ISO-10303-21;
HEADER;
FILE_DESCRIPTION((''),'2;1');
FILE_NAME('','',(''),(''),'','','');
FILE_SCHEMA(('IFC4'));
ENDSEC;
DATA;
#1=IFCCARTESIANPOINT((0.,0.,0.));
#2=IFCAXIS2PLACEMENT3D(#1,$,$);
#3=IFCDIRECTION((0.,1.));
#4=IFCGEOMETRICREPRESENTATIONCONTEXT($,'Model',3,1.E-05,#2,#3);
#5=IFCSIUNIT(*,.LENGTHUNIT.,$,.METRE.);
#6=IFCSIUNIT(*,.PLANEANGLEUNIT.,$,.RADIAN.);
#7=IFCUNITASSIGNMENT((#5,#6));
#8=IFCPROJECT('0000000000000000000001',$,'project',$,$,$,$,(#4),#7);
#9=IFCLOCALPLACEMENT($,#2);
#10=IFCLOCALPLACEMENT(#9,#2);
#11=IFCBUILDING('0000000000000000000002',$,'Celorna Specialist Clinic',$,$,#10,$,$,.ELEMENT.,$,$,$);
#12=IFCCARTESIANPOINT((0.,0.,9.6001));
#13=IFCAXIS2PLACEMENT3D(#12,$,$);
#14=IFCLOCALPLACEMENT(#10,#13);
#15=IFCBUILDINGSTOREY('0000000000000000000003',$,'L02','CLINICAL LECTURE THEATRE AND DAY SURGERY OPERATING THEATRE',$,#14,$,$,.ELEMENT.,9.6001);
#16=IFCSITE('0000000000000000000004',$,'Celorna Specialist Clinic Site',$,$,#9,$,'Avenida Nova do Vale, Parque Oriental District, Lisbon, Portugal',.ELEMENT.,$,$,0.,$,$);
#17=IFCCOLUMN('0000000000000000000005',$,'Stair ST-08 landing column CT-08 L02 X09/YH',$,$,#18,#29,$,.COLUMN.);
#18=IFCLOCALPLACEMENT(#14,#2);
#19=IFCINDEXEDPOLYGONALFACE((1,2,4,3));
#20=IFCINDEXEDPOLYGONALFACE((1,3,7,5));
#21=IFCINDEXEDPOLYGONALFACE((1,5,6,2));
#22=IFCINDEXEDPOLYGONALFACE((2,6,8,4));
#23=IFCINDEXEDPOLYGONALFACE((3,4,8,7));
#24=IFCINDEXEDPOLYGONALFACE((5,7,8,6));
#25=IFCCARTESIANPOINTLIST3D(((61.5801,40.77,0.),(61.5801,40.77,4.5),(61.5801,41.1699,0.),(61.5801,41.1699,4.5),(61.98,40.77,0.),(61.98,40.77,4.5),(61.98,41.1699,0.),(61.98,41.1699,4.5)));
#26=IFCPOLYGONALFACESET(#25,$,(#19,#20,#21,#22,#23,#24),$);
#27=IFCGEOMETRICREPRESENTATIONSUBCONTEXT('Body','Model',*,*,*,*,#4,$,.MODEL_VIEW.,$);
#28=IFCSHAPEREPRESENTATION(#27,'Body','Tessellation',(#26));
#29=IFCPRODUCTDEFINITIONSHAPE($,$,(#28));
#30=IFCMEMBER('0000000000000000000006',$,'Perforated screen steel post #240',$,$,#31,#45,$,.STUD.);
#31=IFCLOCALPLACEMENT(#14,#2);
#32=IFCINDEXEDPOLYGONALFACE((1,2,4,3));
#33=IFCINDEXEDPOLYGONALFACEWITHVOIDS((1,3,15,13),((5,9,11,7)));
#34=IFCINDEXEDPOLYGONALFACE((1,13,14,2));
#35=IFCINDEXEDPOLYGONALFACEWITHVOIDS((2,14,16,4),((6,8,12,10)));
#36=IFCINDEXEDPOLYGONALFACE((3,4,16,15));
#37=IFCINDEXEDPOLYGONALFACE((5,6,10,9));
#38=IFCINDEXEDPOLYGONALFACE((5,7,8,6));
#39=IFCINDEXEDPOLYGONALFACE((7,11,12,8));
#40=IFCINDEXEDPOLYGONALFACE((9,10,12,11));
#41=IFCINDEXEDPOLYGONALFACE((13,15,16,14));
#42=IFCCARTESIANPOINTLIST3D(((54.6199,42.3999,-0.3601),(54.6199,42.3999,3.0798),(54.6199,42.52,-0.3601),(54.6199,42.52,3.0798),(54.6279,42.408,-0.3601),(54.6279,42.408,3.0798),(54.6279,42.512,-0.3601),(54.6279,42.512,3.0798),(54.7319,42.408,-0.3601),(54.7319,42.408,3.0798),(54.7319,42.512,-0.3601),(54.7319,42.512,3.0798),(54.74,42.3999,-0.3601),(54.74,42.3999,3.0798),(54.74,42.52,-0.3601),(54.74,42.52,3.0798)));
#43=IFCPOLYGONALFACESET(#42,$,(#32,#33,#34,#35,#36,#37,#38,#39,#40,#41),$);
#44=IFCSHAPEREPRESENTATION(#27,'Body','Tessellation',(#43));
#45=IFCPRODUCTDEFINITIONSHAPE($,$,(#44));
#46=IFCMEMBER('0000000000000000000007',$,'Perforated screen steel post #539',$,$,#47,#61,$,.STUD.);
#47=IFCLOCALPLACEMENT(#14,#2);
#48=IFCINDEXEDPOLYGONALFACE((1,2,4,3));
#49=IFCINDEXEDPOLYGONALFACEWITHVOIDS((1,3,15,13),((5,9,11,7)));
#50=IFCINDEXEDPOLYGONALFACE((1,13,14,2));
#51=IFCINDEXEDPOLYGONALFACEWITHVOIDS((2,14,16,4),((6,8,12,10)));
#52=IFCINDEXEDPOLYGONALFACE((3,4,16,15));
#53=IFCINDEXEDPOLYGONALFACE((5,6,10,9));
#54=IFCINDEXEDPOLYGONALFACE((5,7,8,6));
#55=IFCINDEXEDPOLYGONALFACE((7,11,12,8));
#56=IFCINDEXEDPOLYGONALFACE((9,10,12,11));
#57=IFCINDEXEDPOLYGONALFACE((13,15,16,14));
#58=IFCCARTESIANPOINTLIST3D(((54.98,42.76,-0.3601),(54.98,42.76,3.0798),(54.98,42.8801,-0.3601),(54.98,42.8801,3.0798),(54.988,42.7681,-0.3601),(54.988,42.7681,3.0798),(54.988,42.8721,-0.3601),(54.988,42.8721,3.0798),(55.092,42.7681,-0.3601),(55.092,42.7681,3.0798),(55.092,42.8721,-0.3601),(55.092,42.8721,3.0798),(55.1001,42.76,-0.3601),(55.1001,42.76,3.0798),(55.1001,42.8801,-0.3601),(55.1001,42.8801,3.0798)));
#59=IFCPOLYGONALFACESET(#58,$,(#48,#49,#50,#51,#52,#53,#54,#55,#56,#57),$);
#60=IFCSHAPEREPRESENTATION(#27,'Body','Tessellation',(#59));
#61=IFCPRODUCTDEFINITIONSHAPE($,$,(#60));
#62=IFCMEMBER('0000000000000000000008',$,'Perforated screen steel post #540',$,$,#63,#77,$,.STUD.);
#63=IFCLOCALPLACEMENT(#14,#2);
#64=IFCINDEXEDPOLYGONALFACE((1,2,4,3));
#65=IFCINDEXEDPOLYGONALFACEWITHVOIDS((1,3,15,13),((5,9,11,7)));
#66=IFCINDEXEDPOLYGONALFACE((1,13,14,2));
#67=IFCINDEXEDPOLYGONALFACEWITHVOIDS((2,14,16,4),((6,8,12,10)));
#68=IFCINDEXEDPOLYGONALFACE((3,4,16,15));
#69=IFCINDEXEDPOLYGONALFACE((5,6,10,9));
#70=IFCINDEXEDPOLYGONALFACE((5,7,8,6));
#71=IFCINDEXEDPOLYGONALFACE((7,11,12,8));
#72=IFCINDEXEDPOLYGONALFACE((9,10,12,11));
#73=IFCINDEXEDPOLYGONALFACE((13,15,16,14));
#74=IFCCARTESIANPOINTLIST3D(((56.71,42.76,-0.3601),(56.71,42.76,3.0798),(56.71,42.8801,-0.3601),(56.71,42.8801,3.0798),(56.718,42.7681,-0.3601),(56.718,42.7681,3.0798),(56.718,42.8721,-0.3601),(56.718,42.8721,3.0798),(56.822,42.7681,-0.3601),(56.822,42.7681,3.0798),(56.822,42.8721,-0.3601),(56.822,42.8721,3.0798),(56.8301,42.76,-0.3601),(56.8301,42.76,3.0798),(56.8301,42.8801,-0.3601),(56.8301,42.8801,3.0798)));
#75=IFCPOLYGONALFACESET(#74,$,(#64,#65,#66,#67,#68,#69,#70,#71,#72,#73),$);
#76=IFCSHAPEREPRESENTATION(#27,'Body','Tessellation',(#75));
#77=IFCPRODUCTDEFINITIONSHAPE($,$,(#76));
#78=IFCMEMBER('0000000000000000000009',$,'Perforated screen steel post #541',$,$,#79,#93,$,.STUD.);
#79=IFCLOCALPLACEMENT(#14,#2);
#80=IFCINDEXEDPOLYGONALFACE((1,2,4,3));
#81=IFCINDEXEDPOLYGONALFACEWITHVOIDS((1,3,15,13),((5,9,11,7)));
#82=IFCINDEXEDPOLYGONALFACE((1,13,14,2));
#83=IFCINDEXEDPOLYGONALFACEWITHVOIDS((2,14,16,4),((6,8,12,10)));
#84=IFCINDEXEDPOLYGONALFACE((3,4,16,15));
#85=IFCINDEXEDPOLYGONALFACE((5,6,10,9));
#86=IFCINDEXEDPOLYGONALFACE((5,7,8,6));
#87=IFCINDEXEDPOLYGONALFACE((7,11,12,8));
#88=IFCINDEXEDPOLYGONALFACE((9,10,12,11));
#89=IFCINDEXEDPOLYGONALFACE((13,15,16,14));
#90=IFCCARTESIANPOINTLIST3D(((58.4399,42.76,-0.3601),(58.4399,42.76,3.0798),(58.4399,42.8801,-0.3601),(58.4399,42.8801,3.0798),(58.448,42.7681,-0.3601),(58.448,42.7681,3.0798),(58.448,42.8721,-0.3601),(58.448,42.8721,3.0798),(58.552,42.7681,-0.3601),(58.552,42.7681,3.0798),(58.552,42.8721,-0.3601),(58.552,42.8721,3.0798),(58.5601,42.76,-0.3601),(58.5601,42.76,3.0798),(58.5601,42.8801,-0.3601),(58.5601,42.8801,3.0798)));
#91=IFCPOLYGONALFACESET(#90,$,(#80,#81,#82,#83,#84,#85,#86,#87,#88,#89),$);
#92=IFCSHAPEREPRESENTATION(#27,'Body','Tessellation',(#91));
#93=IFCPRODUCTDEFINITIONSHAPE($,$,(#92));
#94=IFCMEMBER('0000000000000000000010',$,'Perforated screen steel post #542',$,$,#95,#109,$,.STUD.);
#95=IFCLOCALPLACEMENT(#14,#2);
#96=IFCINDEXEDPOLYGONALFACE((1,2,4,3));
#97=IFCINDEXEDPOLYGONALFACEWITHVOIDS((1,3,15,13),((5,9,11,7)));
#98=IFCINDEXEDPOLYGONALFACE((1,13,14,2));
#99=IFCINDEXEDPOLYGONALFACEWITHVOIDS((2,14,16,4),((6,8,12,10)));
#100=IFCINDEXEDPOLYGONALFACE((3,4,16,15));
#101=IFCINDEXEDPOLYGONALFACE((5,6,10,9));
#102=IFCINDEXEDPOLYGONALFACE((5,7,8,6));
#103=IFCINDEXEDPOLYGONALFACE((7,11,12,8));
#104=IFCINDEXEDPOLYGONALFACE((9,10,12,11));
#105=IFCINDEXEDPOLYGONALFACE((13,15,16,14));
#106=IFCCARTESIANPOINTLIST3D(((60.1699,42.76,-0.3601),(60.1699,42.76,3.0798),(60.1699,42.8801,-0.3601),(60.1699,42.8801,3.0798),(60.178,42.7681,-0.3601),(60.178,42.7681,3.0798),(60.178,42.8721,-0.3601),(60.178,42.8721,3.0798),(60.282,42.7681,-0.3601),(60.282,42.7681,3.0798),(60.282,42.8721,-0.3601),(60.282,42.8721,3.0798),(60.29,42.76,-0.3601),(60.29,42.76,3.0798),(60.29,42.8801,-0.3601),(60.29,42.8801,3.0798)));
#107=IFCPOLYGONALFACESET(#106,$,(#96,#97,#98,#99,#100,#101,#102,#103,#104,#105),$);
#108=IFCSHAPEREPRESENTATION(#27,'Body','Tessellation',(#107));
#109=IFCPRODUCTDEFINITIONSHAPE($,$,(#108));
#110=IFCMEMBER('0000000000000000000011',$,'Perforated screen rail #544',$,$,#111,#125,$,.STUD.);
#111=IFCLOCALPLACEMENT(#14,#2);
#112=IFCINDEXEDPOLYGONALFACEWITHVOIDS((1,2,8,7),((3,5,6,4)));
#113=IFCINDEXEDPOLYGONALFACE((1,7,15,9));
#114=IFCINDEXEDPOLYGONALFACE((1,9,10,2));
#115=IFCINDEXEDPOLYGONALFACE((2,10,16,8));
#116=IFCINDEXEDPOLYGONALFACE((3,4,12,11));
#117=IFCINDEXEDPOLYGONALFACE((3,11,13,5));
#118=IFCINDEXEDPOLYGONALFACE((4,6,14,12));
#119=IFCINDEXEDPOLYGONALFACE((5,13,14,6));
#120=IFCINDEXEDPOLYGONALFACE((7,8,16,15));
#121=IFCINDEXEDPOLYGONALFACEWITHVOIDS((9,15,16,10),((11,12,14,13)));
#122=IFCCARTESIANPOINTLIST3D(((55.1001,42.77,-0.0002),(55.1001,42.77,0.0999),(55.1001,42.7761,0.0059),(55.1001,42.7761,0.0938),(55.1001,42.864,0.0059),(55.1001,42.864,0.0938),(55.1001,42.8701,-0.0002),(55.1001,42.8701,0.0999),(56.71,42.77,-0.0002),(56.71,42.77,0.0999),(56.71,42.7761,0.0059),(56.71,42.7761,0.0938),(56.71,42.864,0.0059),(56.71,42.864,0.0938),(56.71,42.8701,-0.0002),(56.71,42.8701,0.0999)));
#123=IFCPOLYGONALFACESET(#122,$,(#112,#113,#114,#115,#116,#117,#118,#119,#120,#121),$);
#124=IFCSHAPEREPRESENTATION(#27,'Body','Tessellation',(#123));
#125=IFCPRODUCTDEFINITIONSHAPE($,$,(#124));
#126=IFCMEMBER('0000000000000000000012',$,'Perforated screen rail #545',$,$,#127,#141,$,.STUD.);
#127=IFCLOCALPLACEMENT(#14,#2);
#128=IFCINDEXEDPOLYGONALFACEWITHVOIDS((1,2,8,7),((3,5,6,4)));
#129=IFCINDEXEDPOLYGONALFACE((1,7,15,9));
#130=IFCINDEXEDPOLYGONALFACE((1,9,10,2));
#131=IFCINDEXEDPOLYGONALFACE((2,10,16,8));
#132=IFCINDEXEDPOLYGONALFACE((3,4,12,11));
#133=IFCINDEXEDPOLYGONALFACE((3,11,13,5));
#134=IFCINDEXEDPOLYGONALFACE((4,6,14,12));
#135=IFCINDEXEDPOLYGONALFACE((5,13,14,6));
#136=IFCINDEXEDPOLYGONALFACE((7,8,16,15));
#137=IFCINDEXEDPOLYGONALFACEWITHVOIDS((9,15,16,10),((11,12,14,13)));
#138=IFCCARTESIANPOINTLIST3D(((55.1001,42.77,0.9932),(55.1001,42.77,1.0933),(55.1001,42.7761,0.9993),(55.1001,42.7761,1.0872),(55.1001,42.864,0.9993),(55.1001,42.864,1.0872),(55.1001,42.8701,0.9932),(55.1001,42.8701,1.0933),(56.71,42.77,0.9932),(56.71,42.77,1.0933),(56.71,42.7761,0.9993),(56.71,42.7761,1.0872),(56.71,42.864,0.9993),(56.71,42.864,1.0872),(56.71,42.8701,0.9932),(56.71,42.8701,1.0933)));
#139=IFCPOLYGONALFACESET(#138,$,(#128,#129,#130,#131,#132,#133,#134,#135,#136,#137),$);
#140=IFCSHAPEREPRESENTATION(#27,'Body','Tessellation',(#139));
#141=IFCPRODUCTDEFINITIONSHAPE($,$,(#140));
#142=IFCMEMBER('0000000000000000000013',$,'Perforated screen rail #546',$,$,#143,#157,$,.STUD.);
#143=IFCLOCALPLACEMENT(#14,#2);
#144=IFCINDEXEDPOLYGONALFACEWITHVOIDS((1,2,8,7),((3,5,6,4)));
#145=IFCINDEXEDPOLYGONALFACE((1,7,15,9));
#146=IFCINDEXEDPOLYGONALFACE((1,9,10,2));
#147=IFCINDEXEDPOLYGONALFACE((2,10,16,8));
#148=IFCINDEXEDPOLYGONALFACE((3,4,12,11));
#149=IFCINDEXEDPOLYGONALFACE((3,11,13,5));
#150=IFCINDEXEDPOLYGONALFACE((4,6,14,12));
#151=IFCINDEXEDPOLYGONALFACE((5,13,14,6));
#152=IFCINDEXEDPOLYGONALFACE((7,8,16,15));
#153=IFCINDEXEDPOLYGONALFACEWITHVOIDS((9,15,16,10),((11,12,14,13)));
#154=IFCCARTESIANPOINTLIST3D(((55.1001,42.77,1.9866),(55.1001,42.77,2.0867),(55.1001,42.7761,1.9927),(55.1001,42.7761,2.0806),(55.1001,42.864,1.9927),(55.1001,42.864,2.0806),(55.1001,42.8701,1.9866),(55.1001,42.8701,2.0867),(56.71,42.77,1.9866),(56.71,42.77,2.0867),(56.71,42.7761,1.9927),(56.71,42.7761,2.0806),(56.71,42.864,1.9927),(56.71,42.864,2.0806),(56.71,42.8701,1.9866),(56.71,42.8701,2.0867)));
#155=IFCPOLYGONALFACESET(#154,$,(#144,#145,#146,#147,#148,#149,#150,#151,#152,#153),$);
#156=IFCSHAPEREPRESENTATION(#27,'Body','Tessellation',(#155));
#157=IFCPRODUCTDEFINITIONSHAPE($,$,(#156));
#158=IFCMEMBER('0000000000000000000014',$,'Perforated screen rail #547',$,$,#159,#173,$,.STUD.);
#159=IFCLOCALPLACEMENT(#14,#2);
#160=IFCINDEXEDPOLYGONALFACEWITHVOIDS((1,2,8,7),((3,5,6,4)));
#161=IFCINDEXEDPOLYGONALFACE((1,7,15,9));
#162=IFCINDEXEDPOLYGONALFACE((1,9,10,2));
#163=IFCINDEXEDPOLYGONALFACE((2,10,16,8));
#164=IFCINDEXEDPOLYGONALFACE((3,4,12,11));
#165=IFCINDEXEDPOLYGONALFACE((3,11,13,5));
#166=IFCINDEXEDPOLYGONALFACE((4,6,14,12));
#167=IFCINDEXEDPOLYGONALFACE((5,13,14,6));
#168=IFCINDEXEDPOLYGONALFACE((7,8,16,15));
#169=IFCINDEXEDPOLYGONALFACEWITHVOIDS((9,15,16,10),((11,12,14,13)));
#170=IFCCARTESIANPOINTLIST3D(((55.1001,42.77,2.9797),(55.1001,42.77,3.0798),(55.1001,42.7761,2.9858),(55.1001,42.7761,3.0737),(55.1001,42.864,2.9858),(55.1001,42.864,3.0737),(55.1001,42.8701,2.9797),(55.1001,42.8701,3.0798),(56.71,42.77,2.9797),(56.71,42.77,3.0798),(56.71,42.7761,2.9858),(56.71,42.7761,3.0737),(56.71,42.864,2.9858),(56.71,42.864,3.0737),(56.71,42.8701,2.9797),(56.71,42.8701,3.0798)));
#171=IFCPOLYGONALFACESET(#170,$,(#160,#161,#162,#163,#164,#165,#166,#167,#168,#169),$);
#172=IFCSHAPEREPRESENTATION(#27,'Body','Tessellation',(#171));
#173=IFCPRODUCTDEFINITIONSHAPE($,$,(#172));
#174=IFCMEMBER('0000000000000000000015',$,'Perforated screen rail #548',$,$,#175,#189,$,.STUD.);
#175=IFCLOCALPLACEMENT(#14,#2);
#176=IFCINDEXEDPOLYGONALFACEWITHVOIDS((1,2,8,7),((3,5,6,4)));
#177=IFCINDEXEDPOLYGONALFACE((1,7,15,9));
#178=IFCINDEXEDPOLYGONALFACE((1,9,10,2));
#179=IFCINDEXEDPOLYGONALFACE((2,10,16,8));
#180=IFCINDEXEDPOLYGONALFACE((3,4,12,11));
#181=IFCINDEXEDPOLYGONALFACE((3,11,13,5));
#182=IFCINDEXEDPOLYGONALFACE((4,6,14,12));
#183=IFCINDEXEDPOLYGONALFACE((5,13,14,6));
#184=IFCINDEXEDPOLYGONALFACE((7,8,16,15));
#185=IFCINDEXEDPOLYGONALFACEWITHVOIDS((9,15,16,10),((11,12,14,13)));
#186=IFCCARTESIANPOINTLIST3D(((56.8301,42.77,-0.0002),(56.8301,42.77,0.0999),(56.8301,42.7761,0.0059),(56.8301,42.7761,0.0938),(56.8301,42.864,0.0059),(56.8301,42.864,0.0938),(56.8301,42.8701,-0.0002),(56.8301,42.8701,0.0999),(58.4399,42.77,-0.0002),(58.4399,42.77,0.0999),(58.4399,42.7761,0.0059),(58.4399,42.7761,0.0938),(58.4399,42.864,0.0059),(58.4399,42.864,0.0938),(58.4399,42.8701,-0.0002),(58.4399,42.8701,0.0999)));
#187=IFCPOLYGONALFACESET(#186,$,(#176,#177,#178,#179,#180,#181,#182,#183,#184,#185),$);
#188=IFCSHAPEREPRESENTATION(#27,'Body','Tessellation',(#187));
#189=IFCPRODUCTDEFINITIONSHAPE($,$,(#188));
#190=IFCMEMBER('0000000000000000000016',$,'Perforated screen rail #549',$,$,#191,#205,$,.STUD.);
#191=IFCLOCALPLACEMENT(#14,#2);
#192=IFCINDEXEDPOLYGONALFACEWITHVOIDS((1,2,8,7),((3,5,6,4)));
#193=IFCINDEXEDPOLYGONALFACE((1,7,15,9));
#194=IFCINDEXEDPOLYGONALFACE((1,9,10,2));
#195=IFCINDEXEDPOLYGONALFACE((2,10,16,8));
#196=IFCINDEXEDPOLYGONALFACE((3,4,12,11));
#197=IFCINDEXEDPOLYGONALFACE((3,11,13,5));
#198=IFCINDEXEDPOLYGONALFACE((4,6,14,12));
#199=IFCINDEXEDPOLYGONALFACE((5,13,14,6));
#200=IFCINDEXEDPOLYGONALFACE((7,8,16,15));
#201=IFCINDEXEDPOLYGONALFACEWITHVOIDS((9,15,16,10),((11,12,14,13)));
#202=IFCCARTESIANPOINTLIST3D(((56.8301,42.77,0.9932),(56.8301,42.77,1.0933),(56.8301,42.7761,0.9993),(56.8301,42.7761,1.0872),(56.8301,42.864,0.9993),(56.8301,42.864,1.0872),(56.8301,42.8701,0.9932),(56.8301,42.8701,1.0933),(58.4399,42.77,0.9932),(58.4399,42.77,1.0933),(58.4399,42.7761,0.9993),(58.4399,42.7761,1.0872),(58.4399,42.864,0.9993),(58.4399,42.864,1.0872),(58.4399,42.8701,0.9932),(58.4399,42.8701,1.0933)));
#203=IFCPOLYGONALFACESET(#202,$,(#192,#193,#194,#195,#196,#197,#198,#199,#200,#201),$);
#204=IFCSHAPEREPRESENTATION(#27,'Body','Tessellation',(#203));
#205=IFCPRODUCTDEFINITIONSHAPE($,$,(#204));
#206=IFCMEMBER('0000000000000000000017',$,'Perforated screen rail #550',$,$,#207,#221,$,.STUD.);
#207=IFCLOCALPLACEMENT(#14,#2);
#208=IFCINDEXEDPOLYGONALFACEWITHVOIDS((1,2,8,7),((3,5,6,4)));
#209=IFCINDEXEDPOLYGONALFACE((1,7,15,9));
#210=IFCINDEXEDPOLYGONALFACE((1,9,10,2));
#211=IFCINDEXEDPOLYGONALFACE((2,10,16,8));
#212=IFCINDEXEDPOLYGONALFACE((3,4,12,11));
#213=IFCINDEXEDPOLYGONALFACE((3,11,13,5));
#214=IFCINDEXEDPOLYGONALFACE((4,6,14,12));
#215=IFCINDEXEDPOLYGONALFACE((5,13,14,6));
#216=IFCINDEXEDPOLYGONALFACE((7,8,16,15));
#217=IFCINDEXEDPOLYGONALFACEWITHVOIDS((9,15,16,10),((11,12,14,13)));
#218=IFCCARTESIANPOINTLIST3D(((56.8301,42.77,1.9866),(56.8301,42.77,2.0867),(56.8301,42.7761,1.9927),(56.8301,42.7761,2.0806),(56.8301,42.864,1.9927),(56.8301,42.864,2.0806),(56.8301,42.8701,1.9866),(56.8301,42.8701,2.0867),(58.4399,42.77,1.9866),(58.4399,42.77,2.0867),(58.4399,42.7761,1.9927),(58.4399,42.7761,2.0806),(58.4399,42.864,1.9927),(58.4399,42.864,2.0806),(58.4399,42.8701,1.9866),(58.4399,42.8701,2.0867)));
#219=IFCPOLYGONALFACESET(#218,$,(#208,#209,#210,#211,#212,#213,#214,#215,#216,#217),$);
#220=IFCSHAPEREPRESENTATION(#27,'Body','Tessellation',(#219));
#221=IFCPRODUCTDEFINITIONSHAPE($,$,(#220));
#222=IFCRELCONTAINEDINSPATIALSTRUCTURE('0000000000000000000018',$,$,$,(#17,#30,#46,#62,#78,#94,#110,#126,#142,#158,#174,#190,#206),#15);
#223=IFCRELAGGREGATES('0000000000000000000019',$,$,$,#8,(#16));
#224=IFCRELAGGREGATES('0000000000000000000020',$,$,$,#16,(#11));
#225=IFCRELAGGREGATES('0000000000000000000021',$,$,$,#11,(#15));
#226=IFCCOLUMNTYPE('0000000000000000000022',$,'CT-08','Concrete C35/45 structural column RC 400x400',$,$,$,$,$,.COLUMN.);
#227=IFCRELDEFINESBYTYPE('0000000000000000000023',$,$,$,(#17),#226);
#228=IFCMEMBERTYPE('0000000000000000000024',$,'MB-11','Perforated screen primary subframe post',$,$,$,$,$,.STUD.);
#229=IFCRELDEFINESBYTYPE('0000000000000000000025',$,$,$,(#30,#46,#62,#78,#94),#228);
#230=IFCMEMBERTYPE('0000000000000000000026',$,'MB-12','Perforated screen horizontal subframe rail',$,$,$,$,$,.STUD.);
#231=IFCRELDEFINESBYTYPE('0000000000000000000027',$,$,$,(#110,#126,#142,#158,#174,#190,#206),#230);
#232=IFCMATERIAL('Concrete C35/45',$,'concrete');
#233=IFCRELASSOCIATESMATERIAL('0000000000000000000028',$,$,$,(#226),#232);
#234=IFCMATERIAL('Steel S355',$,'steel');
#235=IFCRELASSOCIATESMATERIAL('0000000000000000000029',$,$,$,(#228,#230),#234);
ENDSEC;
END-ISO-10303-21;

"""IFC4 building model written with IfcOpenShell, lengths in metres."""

from ifc_helpers import new_model, si_unit, direction, frame, origin, origin_2d, place, context, subcontext, project, spatial, rectangle, hollow_rectangle, extrude, material, material_profile, profile_set, type_object, element, save


model = new_model("IFC4")

# Units and contexts
model_context = context("Model", 3, precision=1e-05, world=origin(), true_north=direction((0.0, 1.0)))
body_context = subcontext(model_context, "Body", "Model", "MODEL_VIEW")
ifc_project = project(units=[si_unit("LENGTHUNIT", "METRE"), si_unit("PLANEANGLEUNIT", "RADIAN")], contexts=[model_context])

# Site, building, storey
site_placement = place(None, origin())
site = spatial("IfcSite", under=ifc_project, at=site_placement, Name="Celorna Specialist Clinic Site", LongName="Avenida Nova do Vale, Parque Oriental District, Lisbon, Portugal", CompositionType="ELEMENT", RefElevation=0.0)
building_placement = place(site_placement, origin())
building = spatial("IfcBuilding", under=site, at=building_placement, Name="Celorna Specialist Clinic", CompositionType="ELEMENT")
storey_placement = place(building_placement, frame((0.0, 0.0, 9.6001)))
storey = spatial("IfcBuildingStorey", under=building, at=storey_placement, Name="L02", Description="CLINICAL LECTURE THEATRE AND DAY SURGERY OPERATING THEATRE", CompositionType="ELEMENT", Elevation=9.6001)

# Column
ifc_material_1 = material(Name="Concrete C35/45", Category="concrete")
ifc_material_profile_1 = material_profile(ifc_material_1, rectangle(XDim=0.3999, YDim=0.3999, at=origin_2d()), Name="RC 400x400")
ifc_profile_set_1 = profile_set([ifc_material_profile_1], Name="Concrete C35/45")
column_type = type_object("IfcColumnType", Name="CT-08", Description="Concrete C35/45 structural column RC 400x400", PredefinedType="COLUMN", material=ifc_profile_set_1)
column_placement = place(storey_placement, frame((61.78, 40.97, 0.0), z_axis=(0.0, 0.0, 1.0), x_axis=(1.0, 0.0, 0.0)))
element("IfcColumn", 1, at=column_placement, inside=storey, type_object=column_type, Name="Stair ST-08 landing column CT-08 L02 X09/YH", PredefinedType="COLUMN", context=body_context, shape_type="SweptSolid", body=[
    extrude(rectangle(XDim=0.3999, YDim=0.3999, at=origin_2d()), origin(), (0.0, 0.0, 1.0), 4.5),
])

# Members
ifc_material_2 = material(Name="Steel S355", Category="steel")
ifc_material_profile_2 = material_profile(ifc_material_2, hollow_rectangle(XDim=0.1201, YDim=0.1201, WallThickness=0.0081, at=origin_2d()), Name="SHS 120x120x8")
ifc_profile_set_2 = profile_set([ifc_material_profile_2], Name="Steel S355")
member_type_1 = type_object("IfcMemberType", Name="MB-11", Description="Perforated screen primary subframe post", PredefinedType="STUD", material=ifc_profile_set_2)
for number, where, z_axis, x_axis, name in (
    (2, (54.6799, 42.46, -0.3601), (0.0, 0.0, 1.0), (1.0, 0.0, 0.0), "Perforated screen steel post #240"),
    (3, (55.04, 42.8201, -0.3601), (0.0, 0.0, 1.0), (1.0, 0.0, 0.0), "Perforated screen steel post #539"),
    (4, (56.77, 42.8201, -0.3601), (0.0, 0.0, 1.0), (1.0, 0.0, 0.0), "Perforated screen steel post #540"),
    (5, (58.5, 42.8201, -0.3601), (0.0, 0.0, 1.0), (1.0, 0.0, 0.0), "Perforated screen steel post #541"),
    (6, (60.23, 42.8201, -0.3601), (0.0, 0.0, 1.0), (1.0, 0.0, 0.0), "Perforated screen steel post #542"),
):
    element("IfcMember", number, at=place(storey_placement, frame(where, z_axis=z_axis, x_axis=x_axis)), inside=storey, type_object=member_type_1, Name=name, PredefinedType="STUD", context=body_context, shape_type="SweptSolid", body=[
        extrude(hollow_rectangle(XDim=0.1201, YDim=0.1201, WallThickness=0.0081, at=origin_2d()), origin(), (0.0, 0.0, 1.0), 3.4399),
    ])
ifc_material_profile_3 = material_profile(ifc_material_2, hollow_rectangle(XDim=0.1001, YDim=0.1001, WallThickness=0.0061, at=origin_2d()), Name="SHS 100x100x6")
ifc_profile_set_3 = profile_set([ifc_material_profile_3], Name="Steel S355")
member_type_2 = type_object("IfcMemberType", Name="MB-12", Description="Perforated screen horizontal subframe rail", PredefinedType="STUD", material=ifc_profile_set_3)
for number, where, z_axis, x_axis, name in (
    (7, (55.1001, 42.8201, 0.0498), (1.0, 0.0, 0.0), (0.0, 1.0, 0.0), "Perforated screen rail #544"),
    (8, (55.1001, 42.8201, 1.0432), (1.0, 0.0, 0.0), (0.0, 1.0, 0.0), "Perforated screen rail #545"),
    (9, (55.1001, 42.8201, 2.0366), (1.0, 0.0, 0.0), (0.0, 1.0, 0.0), "Perforated screen rail #546"),
    (10, (55.1001, 42.8201, 3.0298), (1.0, 0.0, 0.0), (0.0, 1.0, 0.0), "Perforated screen rail #547"),
    (11, (56.8301, 42.8201, 0.0498), (1.0, 0.0, 0.0), (0.0, 1.0, 0.0), "Perforated screen rail #548"),
    (12, (56.8301, 42.8201, 1.0432), (1.0, 0.0, 0.0), (0.0, 1.0, 0.0), "Perforated screen rail #549"),
    (13, (56.8301, 42.8201, 2.0366), (1.0, 0.0, 0.0), (0.0, 1.0, 0.0), "Perforated screen rail #550"),
):
    element("IfcMember", number, at=place(storey_placement, frame(where, z_axis=z_axis, x_axis=x_axis)), inside=storey, type_object=member_type_2, Name=name, PredefinedType="STUD", context=body_context, shape_type="SweptSolid", body=[
        extrude(hollow_rectangle(XDim=0.1001, YDim=0.1001, WallThickness=0.0061, at=origin_2d()), origin(), (0.0, 0.0, 1.0), 1.6099),
    ])

save(model, "model.ifc")
